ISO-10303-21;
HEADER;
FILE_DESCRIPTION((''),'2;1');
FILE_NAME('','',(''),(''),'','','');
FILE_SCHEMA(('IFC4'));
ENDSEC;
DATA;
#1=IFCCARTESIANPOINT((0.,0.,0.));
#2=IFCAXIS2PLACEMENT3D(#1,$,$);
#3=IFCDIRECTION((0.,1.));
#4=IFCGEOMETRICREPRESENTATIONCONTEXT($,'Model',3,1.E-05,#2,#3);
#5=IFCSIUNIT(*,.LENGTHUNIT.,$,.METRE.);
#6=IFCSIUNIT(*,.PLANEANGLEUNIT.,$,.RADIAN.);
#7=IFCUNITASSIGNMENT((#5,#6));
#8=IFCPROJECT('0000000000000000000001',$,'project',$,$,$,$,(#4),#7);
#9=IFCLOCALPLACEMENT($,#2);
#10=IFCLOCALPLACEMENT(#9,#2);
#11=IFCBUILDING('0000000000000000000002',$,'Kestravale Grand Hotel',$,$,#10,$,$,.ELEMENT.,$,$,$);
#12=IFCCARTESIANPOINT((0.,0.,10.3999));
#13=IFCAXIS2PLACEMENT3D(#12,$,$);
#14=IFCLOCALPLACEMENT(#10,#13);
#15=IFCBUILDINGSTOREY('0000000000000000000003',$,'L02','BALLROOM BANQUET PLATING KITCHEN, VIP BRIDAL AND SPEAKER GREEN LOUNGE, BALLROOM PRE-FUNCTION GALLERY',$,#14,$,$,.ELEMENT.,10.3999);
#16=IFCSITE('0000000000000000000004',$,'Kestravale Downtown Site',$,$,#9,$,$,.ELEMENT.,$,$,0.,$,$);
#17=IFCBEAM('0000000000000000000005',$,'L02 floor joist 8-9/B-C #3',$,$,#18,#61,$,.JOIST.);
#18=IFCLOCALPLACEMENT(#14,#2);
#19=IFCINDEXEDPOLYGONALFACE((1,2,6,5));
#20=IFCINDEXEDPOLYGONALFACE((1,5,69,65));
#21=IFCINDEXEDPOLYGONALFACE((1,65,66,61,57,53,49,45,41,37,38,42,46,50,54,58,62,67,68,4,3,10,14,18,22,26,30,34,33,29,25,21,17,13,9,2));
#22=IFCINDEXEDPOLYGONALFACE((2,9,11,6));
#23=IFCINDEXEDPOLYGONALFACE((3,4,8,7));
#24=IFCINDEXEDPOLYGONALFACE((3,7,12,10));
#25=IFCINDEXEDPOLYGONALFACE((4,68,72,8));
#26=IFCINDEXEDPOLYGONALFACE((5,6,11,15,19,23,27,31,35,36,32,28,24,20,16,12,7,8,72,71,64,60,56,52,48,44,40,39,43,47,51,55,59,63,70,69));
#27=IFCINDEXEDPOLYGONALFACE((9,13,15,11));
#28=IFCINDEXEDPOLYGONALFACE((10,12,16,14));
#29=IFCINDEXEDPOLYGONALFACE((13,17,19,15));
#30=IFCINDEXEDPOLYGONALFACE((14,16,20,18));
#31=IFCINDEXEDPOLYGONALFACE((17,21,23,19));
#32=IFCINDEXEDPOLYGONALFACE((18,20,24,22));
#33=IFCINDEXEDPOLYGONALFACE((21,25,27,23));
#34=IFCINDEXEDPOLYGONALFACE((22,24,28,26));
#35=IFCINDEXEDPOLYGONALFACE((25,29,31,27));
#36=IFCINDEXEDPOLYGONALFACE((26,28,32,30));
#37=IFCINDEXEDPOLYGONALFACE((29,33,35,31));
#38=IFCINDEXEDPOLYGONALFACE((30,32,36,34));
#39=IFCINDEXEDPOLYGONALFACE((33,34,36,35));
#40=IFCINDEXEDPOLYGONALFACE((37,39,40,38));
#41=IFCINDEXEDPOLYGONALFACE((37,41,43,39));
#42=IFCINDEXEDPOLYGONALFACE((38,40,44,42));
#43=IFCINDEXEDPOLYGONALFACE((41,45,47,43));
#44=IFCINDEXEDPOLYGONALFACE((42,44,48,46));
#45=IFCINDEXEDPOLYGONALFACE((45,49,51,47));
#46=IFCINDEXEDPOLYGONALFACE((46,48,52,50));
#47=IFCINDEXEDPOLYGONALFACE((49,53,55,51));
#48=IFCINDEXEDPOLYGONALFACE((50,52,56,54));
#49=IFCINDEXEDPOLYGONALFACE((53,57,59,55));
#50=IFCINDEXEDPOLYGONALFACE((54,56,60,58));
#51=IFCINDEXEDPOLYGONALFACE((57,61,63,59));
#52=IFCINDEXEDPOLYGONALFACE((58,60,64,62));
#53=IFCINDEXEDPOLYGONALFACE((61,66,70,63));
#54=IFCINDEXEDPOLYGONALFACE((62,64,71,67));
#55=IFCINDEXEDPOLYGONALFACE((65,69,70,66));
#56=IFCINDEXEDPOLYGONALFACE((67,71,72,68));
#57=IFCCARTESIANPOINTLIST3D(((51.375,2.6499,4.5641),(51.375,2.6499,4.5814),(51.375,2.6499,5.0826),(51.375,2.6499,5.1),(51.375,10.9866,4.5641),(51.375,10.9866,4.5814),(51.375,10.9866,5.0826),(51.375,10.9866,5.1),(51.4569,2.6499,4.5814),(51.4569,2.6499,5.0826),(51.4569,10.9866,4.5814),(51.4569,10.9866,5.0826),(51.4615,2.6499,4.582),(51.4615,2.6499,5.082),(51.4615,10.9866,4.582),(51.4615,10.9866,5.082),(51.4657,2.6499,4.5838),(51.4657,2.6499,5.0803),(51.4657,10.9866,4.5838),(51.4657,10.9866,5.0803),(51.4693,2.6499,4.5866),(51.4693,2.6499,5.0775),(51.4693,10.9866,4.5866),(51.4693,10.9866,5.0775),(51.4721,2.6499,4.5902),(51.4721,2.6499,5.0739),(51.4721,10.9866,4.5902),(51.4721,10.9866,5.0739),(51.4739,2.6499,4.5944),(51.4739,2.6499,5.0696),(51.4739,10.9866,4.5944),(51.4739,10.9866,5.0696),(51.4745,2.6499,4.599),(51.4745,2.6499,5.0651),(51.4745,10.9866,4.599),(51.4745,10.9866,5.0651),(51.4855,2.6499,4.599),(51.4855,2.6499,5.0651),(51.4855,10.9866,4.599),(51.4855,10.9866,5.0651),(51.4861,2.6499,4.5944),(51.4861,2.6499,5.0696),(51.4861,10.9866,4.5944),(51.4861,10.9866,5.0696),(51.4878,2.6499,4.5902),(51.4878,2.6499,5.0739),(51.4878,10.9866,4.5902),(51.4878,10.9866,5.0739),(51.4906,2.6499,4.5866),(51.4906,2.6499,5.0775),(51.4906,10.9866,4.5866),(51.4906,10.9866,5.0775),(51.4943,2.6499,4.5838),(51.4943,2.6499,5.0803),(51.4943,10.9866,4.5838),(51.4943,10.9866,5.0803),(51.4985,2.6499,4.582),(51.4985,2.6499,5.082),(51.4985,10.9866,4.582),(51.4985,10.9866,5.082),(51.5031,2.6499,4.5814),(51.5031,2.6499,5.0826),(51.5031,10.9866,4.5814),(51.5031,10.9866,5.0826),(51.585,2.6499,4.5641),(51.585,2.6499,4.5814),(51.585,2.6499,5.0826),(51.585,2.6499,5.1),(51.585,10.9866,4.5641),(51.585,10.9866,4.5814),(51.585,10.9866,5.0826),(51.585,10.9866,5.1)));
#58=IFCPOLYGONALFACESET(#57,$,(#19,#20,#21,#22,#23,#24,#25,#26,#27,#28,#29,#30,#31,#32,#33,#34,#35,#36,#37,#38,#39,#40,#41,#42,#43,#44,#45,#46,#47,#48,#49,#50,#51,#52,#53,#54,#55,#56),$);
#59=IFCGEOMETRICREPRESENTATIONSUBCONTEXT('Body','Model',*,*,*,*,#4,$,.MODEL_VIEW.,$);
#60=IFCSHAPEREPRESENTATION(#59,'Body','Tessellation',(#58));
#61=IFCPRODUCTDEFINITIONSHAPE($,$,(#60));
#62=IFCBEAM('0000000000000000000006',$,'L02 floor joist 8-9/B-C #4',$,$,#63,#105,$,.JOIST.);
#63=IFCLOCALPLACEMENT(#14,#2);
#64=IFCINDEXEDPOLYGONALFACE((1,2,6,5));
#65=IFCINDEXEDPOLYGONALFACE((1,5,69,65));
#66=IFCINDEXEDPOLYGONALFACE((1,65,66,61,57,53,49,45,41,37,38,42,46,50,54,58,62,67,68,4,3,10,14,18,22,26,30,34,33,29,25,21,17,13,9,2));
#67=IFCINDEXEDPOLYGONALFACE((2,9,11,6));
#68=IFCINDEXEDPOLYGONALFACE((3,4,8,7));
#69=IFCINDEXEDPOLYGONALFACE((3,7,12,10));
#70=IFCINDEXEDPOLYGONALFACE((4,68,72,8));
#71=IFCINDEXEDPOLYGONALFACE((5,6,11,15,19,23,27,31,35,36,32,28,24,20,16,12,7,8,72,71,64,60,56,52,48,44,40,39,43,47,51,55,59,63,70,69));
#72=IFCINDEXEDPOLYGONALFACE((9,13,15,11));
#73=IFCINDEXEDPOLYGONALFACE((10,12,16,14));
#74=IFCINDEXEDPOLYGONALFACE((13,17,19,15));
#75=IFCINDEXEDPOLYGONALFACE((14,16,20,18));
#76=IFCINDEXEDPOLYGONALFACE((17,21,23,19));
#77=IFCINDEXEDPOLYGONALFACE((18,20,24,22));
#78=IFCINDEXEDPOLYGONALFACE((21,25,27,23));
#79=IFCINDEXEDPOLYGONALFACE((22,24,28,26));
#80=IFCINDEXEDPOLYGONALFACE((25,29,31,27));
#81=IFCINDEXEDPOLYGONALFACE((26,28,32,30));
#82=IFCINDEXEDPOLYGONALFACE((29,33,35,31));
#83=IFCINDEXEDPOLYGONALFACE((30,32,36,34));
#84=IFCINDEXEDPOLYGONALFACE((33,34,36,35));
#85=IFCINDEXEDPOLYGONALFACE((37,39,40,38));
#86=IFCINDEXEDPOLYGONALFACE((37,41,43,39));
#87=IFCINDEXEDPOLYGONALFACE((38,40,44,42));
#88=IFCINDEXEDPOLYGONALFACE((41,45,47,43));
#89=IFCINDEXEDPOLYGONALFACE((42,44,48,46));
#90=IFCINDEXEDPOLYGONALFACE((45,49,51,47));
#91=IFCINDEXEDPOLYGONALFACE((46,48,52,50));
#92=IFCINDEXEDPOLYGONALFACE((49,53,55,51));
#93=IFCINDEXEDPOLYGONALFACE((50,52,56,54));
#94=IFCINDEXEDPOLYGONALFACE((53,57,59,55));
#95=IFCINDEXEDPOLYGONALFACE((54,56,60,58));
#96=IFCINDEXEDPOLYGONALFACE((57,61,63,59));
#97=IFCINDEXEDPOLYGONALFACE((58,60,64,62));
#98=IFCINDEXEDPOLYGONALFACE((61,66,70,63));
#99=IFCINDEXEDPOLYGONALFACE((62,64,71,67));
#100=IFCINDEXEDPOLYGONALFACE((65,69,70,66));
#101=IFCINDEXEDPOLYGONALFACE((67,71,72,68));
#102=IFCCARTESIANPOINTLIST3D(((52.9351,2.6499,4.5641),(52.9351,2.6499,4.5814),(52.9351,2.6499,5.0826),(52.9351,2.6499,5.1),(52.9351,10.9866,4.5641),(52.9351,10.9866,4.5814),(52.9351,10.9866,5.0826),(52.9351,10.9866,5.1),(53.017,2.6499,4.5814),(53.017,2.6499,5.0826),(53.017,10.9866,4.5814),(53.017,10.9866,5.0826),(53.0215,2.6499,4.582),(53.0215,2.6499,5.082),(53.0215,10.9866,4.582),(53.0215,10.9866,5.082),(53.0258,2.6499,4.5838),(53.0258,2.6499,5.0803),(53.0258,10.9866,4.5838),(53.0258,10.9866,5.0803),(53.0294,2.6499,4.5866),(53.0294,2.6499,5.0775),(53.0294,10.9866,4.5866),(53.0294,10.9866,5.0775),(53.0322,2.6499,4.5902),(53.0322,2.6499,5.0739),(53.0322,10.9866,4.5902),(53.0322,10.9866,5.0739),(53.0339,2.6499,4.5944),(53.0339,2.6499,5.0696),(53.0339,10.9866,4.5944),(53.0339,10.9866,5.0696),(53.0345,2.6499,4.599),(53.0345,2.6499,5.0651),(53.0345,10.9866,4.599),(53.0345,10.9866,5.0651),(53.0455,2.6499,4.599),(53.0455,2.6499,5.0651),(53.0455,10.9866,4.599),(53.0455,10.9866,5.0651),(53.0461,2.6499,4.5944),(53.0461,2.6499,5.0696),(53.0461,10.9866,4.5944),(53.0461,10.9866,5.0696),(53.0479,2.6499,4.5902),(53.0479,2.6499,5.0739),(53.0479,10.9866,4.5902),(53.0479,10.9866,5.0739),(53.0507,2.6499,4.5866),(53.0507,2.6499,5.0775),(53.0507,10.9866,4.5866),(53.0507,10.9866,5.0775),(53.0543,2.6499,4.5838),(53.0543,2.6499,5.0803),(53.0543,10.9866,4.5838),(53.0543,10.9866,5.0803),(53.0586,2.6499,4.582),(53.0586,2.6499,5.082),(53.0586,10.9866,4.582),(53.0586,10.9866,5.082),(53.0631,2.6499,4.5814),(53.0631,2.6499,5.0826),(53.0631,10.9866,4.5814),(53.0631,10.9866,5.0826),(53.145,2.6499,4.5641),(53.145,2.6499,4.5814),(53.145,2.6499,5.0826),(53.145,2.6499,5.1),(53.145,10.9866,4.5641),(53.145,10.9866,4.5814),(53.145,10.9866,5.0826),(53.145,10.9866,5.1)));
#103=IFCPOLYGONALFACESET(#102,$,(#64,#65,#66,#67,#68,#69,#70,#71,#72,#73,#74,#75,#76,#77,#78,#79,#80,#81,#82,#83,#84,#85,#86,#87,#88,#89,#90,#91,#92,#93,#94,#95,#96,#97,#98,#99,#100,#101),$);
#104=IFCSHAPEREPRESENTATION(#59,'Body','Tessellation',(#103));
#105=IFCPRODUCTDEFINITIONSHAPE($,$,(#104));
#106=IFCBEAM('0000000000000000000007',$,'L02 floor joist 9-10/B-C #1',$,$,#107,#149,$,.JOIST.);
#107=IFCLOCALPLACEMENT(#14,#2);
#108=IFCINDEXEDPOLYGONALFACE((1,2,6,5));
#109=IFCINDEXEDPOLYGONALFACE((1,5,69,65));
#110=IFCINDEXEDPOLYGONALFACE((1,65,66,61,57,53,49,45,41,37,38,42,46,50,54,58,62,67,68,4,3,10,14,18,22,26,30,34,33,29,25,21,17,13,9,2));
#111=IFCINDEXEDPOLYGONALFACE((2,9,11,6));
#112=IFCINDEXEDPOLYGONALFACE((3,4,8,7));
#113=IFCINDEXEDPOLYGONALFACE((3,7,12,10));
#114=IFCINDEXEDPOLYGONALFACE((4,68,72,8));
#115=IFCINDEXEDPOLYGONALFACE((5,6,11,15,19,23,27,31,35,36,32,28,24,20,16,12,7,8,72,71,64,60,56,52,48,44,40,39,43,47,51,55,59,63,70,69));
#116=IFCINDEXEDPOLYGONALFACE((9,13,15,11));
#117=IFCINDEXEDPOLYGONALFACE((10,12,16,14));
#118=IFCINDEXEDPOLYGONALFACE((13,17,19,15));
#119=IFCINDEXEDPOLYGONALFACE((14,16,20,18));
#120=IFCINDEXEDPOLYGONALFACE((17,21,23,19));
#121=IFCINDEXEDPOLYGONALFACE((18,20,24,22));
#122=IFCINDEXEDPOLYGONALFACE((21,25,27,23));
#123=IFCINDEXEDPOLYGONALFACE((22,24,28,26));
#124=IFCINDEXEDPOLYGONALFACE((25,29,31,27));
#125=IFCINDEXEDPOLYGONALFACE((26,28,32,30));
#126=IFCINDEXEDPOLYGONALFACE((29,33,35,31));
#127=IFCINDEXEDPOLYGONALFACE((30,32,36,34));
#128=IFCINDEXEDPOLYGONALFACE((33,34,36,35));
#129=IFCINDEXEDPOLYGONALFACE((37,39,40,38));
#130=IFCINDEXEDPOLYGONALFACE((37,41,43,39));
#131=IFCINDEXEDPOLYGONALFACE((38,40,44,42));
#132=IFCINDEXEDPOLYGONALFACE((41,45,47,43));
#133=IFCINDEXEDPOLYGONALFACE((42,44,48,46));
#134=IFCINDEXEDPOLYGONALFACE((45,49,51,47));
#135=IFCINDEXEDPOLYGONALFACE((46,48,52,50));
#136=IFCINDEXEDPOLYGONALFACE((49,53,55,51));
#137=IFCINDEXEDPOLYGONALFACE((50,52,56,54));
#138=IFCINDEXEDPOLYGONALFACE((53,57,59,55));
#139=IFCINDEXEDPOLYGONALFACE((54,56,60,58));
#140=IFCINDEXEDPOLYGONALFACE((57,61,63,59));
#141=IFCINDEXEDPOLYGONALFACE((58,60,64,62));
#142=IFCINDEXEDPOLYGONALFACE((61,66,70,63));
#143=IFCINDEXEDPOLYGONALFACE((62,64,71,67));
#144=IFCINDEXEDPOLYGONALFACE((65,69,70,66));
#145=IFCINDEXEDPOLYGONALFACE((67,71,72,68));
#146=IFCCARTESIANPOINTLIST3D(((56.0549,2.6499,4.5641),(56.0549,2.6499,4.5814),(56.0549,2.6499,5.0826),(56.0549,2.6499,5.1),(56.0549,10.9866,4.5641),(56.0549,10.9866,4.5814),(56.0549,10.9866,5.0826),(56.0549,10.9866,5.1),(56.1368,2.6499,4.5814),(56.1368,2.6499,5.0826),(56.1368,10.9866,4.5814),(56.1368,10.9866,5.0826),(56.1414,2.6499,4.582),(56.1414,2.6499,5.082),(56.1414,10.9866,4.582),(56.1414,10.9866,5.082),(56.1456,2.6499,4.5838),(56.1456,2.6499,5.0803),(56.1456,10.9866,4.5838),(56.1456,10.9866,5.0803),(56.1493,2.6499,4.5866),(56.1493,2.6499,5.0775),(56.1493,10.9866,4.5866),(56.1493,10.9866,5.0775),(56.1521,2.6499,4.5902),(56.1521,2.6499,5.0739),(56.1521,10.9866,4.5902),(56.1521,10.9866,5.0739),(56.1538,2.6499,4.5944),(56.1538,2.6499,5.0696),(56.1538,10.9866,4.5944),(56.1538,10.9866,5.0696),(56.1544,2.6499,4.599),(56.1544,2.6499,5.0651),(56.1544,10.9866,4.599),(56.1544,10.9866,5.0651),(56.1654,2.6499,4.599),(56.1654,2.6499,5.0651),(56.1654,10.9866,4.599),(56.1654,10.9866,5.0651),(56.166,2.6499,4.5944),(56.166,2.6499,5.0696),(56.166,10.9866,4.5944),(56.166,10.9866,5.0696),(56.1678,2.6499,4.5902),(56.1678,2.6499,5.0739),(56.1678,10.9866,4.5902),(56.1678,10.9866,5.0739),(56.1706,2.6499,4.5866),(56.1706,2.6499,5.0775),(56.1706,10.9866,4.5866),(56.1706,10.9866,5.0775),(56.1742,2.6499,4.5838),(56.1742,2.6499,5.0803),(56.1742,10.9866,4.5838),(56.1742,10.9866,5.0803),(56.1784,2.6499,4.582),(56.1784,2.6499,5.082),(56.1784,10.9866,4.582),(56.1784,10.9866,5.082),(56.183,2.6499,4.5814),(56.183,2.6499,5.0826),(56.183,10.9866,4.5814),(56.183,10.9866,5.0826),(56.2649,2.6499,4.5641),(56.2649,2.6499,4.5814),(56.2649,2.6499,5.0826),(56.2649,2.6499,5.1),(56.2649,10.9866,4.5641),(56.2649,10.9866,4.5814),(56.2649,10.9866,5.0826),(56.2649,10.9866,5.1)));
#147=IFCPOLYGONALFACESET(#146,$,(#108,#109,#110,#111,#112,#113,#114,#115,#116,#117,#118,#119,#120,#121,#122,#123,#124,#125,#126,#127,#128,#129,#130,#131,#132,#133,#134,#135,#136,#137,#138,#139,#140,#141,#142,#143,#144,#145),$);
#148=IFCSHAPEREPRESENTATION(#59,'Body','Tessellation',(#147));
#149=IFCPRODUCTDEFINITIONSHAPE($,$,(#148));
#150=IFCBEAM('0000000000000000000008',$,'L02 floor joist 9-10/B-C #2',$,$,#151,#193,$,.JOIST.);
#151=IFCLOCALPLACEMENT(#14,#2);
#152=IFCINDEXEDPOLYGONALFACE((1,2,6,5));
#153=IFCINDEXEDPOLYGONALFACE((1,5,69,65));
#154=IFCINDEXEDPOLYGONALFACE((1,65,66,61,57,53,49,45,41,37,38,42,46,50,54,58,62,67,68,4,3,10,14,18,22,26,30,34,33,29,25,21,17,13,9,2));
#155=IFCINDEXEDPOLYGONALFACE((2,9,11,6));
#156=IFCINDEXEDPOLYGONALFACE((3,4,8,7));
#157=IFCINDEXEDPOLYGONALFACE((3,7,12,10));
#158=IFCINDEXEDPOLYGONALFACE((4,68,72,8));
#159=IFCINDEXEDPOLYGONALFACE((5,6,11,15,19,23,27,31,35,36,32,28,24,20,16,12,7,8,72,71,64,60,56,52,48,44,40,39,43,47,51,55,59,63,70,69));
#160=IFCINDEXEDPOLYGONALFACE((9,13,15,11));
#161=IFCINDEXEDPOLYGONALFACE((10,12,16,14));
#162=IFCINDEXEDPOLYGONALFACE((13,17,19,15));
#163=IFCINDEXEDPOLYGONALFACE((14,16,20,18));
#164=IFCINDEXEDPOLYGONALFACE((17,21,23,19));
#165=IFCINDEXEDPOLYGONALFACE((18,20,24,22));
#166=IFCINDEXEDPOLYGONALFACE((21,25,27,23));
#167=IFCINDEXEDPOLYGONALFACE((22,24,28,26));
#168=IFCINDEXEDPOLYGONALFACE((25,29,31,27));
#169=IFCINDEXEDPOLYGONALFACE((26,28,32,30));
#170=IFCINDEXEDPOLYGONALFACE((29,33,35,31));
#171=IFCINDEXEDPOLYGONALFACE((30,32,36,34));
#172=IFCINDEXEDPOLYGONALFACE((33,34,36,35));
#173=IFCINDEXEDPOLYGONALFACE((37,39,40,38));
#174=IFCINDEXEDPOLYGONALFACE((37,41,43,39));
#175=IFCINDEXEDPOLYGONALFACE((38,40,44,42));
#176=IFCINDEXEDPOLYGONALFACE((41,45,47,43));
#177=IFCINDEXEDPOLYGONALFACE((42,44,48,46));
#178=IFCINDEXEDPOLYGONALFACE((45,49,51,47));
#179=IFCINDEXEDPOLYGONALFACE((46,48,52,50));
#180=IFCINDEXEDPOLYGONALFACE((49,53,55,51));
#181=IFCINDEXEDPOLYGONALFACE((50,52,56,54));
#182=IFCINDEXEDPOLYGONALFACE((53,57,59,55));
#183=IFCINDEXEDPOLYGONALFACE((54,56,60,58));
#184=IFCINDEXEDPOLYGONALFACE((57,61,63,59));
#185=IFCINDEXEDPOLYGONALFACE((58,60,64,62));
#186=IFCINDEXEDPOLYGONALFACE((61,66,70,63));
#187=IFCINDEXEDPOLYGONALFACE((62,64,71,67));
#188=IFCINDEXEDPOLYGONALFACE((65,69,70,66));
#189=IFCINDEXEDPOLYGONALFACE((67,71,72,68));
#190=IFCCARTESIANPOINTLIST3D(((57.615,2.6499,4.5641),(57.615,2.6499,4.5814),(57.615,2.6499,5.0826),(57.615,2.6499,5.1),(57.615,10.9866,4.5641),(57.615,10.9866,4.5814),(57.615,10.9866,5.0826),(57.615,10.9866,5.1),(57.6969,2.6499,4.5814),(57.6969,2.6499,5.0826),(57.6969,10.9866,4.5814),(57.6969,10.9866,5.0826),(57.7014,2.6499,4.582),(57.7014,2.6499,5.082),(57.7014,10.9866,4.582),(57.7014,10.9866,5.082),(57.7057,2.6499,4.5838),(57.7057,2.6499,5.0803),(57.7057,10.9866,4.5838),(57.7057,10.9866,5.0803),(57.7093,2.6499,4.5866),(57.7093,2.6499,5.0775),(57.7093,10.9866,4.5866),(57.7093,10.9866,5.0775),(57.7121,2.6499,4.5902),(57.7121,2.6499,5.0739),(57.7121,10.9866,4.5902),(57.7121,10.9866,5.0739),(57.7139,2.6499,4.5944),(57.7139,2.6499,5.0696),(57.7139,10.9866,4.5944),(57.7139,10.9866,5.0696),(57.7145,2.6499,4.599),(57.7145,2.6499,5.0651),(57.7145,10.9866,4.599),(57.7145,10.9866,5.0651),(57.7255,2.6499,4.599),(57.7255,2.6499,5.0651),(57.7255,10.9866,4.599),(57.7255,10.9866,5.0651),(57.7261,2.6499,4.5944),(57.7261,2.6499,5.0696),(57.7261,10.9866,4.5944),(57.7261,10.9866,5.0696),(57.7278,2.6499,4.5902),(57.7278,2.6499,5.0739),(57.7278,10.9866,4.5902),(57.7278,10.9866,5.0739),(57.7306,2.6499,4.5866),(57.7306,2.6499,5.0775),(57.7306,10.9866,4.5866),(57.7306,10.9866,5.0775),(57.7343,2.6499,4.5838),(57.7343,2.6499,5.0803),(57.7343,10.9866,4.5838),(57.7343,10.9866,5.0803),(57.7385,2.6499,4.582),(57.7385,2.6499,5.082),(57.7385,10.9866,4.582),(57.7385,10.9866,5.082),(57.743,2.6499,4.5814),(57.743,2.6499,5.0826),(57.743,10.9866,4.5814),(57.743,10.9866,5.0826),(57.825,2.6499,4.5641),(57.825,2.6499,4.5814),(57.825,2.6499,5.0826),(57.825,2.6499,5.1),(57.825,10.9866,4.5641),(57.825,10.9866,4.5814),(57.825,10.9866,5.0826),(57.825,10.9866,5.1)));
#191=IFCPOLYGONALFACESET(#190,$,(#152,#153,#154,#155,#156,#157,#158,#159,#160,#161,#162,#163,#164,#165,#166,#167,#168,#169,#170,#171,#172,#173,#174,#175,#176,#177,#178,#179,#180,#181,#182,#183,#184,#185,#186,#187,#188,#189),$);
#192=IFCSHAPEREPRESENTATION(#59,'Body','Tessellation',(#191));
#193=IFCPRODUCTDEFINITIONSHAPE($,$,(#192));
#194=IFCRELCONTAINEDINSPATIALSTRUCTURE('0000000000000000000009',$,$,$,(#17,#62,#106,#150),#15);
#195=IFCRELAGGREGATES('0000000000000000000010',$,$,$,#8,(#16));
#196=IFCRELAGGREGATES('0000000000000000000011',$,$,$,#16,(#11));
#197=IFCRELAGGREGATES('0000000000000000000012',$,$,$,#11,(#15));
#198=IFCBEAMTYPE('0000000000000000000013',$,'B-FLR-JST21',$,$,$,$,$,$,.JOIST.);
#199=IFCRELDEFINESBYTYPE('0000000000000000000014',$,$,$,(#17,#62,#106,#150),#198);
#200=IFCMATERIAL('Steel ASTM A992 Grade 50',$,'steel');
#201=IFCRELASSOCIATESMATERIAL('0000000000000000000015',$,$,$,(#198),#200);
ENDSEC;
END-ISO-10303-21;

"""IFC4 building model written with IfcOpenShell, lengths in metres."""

from ifc_helpers import new_model, si_unit, direction, frame, origin, origin_2d, place, context, subcontext, project, spatial, i_section, extrude, material, material_profile, profile_set, type_object, element, save


model = new_model("IFC4")

# Units and contexts
model_context = context("Model", 3, precision=1e-05, world=origin(), true_north=direction((0.0, 1.0)))
body_context = subcontext(model_context, "Body", "Model", "MODEL_VIEW")
ifc_project = project(units=[si_unit("LENGTHUNIT", "METRE"), si_unit("PLANEANGLEUNIT", "RADIAN")], contexts=[model_context])

# Site, building, storey
site_placement = place(None, origin())
site = spatial("IfcSite", under=ifc_project, at=site_placement, Name="Kestravale Downtown Site", CompositionType="ELEMENT", RefElevation=0.0)
building_placement = place(site_placement, origin())
building = spatial("IfcBuilding", under=site, at=building_placement, Name="Kestravale Grand Hotel", CompositionType="ELEMENT")
storey_placement = place(building_placement, frame((0.0, 0.0, 10.3999)))
storey = spatial("IfcBuildingStorey", under=building, at=storey_placement, Name="L02", Description="BALLROOM BANQUET PLATING KITCHEN, VIP BRIDAL AND SPEAKER GREEN LOUNGE, BALLROOM PRE-FUNCTION GALLERY", CompositionType="ELEMENT", Elevation=10.3999)

# Beams
ifc_material_1 = material(Name="Steel ASTM A992 Grade 50", Category="steel")
ifc_material_profile_1 = material_profile(ifc_material_1, i_section(OverallWidth=0.21, OverallDepth=0.5359, WebThickness=0.011, FlangeThickness=0.0173, FilletRadius=0.0176, at=origin_2d()))
ifc_profile_set_1 = profile_set([ifc_material_profile_1], Name="Steel ASTM A992 Grade 50")
beam_type_1 = type_object("IfcBeamType", Name="B-FLR-JST21", PredefinedType="JOIST", material=ifc_profile_set_1)
for number, where, z_axis, x_axis, name in (
    (1, (51.48, 2.6499, 4.832), (0.0, 1.0, 0.0), (-1.0, 0.0, 0.0), "L02 floor joist 8-9/B-C #3"),
    (2, (53.04, 2.6499, 4.832), (0.0, 1.0, 0.0), (-1.0, 0.0, 0.0), "L02 floor joist 8-9/B-C #4"),
    (3, (56.1599, 2.6499, 4.832), (0.0, 1.0, 0.0), (-1.0, 0.0, 0.0), "L02 floor joist 9-10/B-C #1"),
    (4, (57.72, 2.6499, 4.832), (0.0, 1.0, 0.0), (-1.0, 0.0, 0.0), "L02 floor joist 9-10/B-C #2"),
):
    element("IfcBeam", number, at=place(storey_placement, frame(where, z_axis=z_axis, x_axis=x_axis)), inside=storey, type_object=beam_type_1, Name=name, PredefinedType="JOIST", context=body_context, shape_type="SweptSolid", body=[
        extrude(i_section(OverallWidth=0.21, OverallDepth=0.5359, WebThickness=0.011, FlangeThickness=0.0173, FilletRadius=0.0176, at=origin_2d()), origin(), (0.0, 0.0, 1.0), 8.3367),
    ])

save(model, "model.ifc")
